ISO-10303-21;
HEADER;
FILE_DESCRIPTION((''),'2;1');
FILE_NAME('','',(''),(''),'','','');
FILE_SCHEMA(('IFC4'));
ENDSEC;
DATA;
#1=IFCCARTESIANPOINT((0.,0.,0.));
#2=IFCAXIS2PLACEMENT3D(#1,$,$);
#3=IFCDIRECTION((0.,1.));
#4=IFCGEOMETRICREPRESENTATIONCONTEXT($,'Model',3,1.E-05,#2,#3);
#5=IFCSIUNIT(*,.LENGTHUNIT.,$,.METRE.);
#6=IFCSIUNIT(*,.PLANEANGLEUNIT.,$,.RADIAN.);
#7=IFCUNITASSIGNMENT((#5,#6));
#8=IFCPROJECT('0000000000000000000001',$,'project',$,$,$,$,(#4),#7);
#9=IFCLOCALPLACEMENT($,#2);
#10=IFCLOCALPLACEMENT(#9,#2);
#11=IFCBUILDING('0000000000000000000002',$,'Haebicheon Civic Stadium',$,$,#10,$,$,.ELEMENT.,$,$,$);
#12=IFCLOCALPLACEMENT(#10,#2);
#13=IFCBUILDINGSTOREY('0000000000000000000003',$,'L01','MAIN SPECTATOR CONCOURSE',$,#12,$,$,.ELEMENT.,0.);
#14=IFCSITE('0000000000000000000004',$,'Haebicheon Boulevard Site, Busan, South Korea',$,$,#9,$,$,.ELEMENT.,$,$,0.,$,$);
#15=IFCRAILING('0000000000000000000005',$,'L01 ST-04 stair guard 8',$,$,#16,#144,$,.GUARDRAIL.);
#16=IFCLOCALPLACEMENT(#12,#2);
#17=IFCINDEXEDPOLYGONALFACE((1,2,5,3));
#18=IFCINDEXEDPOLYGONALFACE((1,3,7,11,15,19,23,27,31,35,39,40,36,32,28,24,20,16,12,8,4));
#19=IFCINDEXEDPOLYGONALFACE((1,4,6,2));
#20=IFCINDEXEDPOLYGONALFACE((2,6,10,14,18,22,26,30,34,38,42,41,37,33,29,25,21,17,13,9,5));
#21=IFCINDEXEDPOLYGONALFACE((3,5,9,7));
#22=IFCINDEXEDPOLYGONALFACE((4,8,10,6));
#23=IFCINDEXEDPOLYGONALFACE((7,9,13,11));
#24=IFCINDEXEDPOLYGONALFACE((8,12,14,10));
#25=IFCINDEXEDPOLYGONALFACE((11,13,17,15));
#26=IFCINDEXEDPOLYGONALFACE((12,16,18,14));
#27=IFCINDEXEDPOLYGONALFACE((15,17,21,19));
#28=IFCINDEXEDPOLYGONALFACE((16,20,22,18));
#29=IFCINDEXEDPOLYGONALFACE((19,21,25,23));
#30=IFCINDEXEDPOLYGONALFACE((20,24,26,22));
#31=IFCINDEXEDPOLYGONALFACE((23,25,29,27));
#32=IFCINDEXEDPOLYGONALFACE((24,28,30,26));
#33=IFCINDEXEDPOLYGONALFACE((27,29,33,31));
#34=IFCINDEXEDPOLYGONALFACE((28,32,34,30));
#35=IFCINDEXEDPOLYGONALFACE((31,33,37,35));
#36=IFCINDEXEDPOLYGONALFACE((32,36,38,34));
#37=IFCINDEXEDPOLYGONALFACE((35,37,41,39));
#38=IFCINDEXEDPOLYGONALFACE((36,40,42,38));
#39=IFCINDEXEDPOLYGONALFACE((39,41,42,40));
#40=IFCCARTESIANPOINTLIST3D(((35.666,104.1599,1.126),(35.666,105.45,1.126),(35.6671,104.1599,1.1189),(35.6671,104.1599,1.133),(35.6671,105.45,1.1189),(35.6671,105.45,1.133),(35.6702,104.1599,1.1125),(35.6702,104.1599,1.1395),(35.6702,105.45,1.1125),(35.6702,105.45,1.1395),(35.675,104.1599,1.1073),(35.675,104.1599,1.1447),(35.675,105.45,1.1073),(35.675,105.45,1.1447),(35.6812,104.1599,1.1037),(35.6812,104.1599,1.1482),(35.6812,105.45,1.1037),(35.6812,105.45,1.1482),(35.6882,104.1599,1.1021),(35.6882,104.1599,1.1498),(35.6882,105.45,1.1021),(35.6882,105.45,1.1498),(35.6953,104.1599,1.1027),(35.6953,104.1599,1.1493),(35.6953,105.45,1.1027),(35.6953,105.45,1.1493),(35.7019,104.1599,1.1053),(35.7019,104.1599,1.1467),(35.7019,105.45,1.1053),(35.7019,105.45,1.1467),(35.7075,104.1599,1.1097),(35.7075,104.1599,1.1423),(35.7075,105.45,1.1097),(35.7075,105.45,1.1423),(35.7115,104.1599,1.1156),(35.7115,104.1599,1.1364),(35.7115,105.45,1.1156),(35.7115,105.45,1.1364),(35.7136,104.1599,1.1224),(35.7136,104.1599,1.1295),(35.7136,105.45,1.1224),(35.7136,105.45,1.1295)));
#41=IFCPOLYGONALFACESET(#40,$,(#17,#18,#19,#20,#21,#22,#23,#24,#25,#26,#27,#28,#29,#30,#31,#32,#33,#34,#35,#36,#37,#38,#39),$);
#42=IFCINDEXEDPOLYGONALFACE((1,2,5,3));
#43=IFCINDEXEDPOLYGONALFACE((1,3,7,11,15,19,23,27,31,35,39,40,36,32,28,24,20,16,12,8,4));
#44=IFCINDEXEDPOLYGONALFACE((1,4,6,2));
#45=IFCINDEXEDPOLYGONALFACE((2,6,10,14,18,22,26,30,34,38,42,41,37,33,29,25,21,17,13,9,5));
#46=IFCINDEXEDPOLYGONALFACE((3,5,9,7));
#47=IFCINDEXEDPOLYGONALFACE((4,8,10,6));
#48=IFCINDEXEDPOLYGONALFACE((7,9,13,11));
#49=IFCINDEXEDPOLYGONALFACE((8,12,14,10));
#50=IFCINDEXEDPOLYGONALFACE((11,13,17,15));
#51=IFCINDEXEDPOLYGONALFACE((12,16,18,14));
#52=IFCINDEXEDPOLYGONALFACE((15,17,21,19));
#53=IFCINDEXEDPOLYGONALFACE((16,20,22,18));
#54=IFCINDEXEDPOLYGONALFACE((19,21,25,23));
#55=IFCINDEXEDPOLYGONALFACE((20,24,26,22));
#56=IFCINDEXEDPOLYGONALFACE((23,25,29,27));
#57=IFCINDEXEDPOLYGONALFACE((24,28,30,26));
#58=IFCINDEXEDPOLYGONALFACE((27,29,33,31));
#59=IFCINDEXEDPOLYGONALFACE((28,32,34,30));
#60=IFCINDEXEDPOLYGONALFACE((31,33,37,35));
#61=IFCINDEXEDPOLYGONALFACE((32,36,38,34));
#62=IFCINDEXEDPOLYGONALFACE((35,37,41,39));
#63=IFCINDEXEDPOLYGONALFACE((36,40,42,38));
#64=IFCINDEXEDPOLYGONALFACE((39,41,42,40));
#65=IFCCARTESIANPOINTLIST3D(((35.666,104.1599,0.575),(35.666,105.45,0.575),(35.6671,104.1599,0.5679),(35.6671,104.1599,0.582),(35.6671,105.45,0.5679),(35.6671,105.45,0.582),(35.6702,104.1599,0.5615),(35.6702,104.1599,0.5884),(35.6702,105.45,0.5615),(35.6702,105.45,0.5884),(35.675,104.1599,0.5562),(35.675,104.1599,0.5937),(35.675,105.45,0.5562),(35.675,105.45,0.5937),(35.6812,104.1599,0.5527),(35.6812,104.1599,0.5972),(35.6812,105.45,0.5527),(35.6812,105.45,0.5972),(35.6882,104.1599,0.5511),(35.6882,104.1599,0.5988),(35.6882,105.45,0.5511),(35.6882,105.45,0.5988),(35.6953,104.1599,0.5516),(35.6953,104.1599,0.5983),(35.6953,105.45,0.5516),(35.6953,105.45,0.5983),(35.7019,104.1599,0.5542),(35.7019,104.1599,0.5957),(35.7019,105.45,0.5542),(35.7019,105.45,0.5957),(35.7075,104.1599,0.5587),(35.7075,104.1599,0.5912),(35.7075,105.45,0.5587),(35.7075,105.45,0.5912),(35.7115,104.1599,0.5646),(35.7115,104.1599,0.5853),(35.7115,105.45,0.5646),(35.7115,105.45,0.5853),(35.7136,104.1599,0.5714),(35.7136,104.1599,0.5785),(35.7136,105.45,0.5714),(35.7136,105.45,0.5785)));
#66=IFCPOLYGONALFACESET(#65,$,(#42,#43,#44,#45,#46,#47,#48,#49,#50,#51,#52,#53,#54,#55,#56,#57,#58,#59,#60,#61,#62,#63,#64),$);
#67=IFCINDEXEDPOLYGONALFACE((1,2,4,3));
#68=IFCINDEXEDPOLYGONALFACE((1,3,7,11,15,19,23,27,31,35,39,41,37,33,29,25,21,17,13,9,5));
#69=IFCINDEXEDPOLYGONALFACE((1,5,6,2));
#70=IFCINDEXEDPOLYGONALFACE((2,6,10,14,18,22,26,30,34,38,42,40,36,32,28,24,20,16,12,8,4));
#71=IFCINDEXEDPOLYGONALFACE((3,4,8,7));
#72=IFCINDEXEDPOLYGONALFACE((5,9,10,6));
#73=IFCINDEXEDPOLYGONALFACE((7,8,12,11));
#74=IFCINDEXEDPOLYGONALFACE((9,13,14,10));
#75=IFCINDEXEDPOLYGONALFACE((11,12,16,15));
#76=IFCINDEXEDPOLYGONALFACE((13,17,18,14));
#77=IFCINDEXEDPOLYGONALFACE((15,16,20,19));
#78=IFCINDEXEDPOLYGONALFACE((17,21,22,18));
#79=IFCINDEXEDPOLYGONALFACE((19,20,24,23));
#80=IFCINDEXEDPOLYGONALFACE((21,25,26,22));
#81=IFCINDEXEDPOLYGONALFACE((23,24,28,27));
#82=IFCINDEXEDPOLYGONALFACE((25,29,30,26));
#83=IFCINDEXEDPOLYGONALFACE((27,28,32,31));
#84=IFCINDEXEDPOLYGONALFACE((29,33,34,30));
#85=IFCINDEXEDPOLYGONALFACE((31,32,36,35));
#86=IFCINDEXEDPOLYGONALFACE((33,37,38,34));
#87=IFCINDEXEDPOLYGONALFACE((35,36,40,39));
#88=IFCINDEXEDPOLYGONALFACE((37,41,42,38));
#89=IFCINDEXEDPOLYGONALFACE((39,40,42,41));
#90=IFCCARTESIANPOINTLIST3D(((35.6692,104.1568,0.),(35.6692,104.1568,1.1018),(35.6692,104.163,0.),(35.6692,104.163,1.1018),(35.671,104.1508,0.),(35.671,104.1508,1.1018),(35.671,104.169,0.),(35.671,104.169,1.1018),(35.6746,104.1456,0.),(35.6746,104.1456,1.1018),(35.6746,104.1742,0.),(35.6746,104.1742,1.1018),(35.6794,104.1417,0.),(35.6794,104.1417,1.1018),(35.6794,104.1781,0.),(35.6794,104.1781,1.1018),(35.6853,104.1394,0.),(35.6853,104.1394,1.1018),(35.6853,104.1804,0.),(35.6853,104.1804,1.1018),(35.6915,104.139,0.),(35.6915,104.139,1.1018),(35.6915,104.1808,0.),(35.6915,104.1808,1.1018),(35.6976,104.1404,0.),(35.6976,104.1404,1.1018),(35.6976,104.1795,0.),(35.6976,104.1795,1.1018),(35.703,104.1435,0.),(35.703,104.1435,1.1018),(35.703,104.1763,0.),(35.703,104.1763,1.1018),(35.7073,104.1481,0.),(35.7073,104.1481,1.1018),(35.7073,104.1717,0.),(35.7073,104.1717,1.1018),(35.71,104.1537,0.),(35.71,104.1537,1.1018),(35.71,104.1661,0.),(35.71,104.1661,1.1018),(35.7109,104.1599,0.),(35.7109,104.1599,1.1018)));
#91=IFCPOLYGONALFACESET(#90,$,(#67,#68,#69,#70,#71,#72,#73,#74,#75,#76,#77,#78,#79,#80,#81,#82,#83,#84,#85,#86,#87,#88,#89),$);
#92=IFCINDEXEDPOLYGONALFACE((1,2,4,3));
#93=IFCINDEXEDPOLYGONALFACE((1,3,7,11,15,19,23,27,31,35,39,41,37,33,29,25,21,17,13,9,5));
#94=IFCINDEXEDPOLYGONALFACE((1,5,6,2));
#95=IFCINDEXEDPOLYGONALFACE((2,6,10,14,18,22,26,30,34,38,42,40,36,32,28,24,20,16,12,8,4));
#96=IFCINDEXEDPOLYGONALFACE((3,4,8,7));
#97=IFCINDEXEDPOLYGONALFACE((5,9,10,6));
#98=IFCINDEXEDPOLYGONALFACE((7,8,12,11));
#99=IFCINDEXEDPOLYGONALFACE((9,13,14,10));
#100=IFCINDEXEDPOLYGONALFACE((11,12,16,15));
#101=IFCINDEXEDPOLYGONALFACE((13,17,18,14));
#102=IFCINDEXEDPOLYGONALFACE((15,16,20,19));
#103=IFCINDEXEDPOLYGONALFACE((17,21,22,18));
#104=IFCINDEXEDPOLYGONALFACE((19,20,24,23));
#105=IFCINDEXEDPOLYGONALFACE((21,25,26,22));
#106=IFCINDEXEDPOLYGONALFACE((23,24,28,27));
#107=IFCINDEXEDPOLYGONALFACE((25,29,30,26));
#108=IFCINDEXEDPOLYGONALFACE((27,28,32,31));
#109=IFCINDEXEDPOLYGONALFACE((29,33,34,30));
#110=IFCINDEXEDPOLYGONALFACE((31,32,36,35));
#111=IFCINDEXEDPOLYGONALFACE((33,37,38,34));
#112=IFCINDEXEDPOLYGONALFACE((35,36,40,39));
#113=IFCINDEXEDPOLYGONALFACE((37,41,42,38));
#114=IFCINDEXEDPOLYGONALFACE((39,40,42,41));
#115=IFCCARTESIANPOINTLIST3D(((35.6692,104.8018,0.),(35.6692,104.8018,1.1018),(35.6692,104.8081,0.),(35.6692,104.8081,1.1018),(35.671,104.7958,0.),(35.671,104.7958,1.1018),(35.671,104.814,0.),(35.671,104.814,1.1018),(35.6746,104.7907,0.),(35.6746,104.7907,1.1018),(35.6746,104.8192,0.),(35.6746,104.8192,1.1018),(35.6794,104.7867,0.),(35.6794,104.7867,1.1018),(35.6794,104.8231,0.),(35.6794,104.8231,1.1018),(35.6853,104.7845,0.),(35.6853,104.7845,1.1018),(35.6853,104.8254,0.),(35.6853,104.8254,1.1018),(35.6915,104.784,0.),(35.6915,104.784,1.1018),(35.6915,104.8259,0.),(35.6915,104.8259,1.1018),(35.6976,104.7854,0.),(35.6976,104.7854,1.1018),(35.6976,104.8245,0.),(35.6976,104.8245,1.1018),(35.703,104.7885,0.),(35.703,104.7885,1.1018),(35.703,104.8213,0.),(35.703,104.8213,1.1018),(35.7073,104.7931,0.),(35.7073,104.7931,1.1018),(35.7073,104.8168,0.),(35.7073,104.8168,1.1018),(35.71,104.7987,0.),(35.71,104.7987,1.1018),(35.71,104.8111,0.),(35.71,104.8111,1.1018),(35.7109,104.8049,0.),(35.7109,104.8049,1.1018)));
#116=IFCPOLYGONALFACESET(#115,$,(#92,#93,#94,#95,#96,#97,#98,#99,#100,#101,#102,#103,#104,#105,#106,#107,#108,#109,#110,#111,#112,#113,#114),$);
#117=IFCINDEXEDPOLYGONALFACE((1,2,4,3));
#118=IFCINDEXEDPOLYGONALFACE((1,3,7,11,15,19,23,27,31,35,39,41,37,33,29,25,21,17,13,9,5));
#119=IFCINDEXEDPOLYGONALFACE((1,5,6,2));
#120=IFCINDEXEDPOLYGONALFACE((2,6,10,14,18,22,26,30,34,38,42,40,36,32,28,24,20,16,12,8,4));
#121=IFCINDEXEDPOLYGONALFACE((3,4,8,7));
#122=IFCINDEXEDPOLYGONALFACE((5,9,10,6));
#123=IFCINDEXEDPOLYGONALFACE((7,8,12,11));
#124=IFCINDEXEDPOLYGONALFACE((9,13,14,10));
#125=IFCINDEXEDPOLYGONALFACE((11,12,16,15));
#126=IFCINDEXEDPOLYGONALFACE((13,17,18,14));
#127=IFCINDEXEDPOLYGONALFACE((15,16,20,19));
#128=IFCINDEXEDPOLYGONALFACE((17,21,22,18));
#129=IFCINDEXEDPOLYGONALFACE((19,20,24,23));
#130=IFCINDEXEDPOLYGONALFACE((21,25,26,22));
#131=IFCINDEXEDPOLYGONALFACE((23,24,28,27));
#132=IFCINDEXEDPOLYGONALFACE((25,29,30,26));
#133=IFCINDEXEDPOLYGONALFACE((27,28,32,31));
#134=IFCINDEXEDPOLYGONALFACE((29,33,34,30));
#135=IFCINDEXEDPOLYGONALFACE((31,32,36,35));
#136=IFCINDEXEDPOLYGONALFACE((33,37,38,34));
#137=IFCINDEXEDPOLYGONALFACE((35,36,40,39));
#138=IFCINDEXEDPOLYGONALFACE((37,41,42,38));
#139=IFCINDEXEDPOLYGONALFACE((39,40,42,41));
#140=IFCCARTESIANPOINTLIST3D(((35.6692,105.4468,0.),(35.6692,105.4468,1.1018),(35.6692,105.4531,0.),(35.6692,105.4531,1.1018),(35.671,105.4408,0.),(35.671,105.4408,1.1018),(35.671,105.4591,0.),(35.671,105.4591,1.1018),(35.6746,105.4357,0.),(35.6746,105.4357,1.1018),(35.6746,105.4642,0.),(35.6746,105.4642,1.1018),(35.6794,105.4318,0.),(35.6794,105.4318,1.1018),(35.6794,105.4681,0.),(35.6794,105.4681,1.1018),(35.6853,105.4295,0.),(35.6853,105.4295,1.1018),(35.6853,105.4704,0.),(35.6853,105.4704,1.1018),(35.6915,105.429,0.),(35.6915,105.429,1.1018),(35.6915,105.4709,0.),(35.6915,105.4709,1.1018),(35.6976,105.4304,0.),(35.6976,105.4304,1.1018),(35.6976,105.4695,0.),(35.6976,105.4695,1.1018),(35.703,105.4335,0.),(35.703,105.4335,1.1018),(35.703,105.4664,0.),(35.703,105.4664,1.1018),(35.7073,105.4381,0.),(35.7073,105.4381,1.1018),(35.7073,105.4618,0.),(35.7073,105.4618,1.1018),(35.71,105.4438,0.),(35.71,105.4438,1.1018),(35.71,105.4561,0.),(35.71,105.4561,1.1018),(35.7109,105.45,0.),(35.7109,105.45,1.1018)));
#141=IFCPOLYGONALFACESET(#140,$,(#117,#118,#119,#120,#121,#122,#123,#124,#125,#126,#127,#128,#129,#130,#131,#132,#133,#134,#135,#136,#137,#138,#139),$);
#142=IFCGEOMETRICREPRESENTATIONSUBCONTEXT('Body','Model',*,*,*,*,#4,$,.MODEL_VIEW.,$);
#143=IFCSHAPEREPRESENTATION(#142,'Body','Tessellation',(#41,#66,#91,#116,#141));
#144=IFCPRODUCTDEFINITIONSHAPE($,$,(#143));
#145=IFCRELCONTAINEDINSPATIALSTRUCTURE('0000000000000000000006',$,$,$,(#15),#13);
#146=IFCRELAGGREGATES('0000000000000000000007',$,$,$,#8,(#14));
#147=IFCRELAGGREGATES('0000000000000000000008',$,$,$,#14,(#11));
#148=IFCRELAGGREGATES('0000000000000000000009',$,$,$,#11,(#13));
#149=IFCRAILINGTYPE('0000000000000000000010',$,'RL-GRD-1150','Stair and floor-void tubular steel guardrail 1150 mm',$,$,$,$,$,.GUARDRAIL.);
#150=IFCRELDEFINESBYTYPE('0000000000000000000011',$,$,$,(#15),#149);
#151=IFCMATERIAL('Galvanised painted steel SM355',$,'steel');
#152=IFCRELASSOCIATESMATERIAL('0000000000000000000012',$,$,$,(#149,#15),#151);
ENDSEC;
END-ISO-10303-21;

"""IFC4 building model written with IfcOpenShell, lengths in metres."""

from ifc_helpers import new_model, si_unit, direction, frame, origin, origin_2d, place, context, subcontext, project, spatial, circle, extrude, material, type_object, element, save


model = new_model("IFC4")

# Units and contexts
model_context = context("Model", 3, precision=1e-05, world=origin(), true_north=direction((0.0, 1.0)))
body_context = subcontext(model_context, "Body", "Model", "MODEL_VIEW")
ifc_project = project(units=[si_unit("LENGTHUNIT", "METRE"), si_unit("PLANEANGLEUNIT", "RADIAN")], contexts=[model_context])

# Site, building, storey
site_placement = place(None, origin())
site = spatial("IfcSite", under=ifc_project, at=site_placement, Name="Haebicheon Boulevard Site, Busan, South Korea", CompositionType="ELEMENT", RefElevation=0.0)
building_placement = place(site_placement, origin())
building = spatial("IfcBuilding", under=site, at=building_placement, Name="Haebicheon Civic Stadium", CompositionType="ELEMENT")
storey_placement = place(building_placement, origin())
storey = spatial("IfcBuildingStorey", under=building, at=storey_placement, Name="L01", Description="MAIN SPECTATOR CONCOURSE", CompositionType="ELEMENT", Elevation=0.0)

# Railing
ifc_material_1 = material(Name="Galvanised painted steel SM355", Category="steel")
railing_type_1 = type_object("IfcRailingType", Name="RL-GRD-1150", Description="Stair and floor-void tubular steel guardrail 1150 mm", PredefinedType="GUARDRAIL", material=ifc_material_1)
for number, where, name in (
    (1, (35.6899, 104.1599, 0.0), "L01 ST-04 stair guard 8"),
):
    element("IfcRailing", number, at=place(storey_placement, frame(where)), inside=storey, type_object=railing_type_1, material=ifc_material_1, Name=name, PredefinedType="GUARDRAIL", context=body_context, shape_type="SweptSolid", body=[
        extrude(circle(Radius=0.0239, at=origin_2d()), frame((0.0, 0.0, 1.126), z_axis=(0.0, 1.0, 0.0), x_axis=(-1.0, 0.0, 0.0)), (0.0, 0.0, 1.0), 1.29),
        extrude(circle(Radius=0.0239, at=origin_2d()), frame((0.0, 0.0, 0.575), z_axis=(0.0, 1.0, 0.0), x_axis=(-1.0, 0.0, 0.0)), (0.0, 0.0, 1.0), 1.29),
        extrude(circle(Radius=0.021, at=origin_2d()), origin(), (0.0, 0.0, 1.0), 1.1018),
        extrude(circle(Radius=0.021, at=origin_2d()), frame((0.0, 0.645, 0.0)), (0.0, 0.0, 1.0), 1.1018),
        extrude(circle(Radius=0.021, at=origin_2d()), frame((0.0, 1.29, 0.0)), (0.0, 0.0, 1.0), 1.1018),
    ])

save(model, "model.ifc")
